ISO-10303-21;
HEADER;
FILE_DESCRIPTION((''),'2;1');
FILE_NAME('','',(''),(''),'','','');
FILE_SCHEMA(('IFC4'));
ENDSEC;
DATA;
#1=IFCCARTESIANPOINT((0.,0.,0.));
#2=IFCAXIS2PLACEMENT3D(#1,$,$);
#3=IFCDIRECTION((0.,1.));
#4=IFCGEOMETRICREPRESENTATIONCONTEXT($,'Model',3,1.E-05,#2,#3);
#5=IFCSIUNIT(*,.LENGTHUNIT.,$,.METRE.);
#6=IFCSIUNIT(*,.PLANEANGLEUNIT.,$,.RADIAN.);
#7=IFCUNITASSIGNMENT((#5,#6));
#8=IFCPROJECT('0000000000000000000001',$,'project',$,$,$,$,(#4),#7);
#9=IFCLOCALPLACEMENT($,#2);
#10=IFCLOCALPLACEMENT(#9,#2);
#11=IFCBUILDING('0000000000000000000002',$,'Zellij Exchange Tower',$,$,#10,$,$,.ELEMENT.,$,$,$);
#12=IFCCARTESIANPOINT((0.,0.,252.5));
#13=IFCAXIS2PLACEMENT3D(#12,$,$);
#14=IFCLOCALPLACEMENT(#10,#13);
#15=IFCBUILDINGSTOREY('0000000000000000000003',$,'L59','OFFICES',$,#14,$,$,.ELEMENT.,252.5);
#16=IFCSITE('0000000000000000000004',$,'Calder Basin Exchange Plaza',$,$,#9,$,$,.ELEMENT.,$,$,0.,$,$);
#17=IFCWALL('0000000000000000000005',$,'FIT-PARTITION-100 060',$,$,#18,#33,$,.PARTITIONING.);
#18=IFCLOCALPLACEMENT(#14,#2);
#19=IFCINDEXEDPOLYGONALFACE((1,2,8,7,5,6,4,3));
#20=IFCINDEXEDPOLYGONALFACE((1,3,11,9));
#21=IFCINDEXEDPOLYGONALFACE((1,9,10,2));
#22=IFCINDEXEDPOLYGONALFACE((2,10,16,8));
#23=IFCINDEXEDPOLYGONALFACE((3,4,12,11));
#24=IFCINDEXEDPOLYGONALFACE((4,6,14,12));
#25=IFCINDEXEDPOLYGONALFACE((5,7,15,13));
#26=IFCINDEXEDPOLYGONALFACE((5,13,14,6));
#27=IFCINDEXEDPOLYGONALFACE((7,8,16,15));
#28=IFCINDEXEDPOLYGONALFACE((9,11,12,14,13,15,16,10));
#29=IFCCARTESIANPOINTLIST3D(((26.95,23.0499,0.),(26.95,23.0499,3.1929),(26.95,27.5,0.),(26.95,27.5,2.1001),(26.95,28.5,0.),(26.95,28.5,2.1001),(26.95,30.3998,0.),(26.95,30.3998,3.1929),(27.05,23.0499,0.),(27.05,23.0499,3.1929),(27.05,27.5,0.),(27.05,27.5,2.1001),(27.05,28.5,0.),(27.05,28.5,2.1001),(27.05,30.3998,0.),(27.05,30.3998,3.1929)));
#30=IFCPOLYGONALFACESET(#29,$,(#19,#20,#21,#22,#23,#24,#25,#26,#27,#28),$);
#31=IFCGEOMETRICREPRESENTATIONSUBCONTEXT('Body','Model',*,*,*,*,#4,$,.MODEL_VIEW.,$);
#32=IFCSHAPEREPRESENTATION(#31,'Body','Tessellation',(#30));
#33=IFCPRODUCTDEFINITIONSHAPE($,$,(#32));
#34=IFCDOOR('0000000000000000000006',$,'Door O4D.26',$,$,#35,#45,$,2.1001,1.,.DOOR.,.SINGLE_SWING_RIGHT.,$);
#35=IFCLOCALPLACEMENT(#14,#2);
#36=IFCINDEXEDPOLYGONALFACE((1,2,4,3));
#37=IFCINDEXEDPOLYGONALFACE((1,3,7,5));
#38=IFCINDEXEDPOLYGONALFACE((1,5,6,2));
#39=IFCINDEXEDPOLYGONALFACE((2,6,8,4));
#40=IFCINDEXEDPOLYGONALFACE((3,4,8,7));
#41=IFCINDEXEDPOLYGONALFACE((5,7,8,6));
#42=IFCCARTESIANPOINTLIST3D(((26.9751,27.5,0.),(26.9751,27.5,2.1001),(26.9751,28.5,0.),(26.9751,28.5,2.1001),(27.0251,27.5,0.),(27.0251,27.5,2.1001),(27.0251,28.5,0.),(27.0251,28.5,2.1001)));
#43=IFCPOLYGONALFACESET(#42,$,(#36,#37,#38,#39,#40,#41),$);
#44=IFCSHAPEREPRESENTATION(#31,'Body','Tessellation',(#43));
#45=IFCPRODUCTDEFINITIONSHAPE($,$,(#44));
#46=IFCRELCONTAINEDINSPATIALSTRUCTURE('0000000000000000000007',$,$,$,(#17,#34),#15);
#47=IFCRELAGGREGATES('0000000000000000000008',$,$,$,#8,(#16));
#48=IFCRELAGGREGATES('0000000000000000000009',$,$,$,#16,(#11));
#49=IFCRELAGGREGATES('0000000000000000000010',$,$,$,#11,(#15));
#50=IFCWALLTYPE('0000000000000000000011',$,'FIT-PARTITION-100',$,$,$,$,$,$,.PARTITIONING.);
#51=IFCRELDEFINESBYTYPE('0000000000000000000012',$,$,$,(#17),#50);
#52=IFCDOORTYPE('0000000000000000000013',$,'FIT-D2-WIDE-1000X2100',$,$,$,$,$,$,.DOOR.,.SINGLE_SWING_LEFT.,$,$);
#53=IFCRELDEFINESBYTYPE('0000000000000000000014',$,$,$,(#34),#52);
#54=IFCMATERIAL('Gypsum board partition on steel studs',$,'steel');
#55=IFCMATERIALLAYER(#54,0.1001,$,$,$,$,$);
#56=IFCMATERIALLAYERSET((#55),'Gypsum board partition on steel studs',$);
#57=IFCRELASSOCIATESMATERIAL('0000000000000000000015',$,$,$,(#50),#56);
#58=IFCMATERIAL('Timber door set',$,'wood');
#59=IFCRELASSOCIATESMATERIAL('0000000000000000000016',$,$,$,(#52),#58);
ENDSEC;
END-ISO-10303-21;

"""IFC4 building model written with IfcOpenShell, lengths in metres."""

from ifc_helpers import new_model, si_unit, direction, frame, frame_2d, origin, place, context, subcontext, project, spatial, rectangle, extrude, material, layer, layer_set, type_object, element, fill, save


model = new_model("IFC4")

# Units and contexts
model_context = context("Model", 3, precision=1e-05, world=origin(), true_north=direction((0.0, 1.0)))
body_context = subcontext(model_context, "Body", "Model", "MODEL_VIEW")
ifc_project = project(units=[si_unit("LENGTHUNIT", "METRE"), si_unit("PLANEANGLEUNIT", "RADIAN")], contexts=[model_context])

# Site, building, storey
site_placement = place(None, origin())
site = spatial("IfcSite", under=ifc_project, at=site_placement, Name="Calder Basin Exchange Plaza", CompositionType="ELEMENT", RefElevation=0.0)
building_placement = place(site_placement, origin())
building = spatial("IfcBuilding", under=site, at=building_placement, Name="Zellij Exchange Tower", CompositionType="ELEMENT")
storey_placement = place(building_placement, frame((0.0, 0.0, 252.5)))
storey = spatial("IfcBuildingStorey", under=building, at=storey_placement, Name="L59", Description="OFFICES", CompositionType="ELEMENT", Elevation=252.5)

# Shared definitions
ifc_material_1 = material(Name="Gypsum board partition on steel studs", Category="steel")
ifc_layer = layer(ifc_material_1, 0.1001)
ifc_layer_set = layer_set([ifc_layer], Name="Gypsum board partition on steel studs")
wall_type = type_object("IfcWallType", Name="FIT-PARTITION-100", PredefinedType="PARTITIONING", material=ifc_layer_set)

# Wall, opening, door
wall_1_placement = place(storey_placement, frame((27.0, 23.05, 0.0), z_axis=(0.0, 0.0, 1.0), x_axis=(0.0, 1.0, 0.0)))
wall_1 = element("IfcWall", 1, at=wall_1_placement, inside=storey, type_object=wall_type, Name="FIT-PARTITION-100 060", PredefinedType="PARTITIONING", context=body_context, shape_type="SweptSolid", body=[
    extrude(rectangle(XDim=7.3499, YDim=0.1001, at=frame_2d((3.6748, 0.0))), origin(), (0.0, 0.0, 1.0), 3.1929),
])
opening_placement = place(wall_1_placement, frame((4.45, 0.0, 0.0)))
opening = element("IfcOpeningElement", 2, at=opening_placement, cuts=wall_1, PredefinedType="OPENING", context=body_context, shape_type="SweptSolid", body=[
    extrude(rectangle(XDim=1.0, YDim=2.1001, at=frame_2d((0.5, 1.05))), frame((0.0, 0.062, 0.0), z_axis=(0.0, -1.0, 0.0), x_axis=(1.0, 0.0, 0.0)), (0.0, 0.0, 1.0), 0.124),
])
ifc_material_2 = material(Name="Timber door set", Category="wood")
door_type = type_object("IfcDoorType", Name="FIT-D2-WIDE-1000X2100", OperationType="SINGLE_SWING_LEFT", PredefinedType="DOOR", material=ifc_material_2)
door_placement = place(opening_placement, origin())
door = element("IfcDoor", 3, at=door_placement, inside=storey, type_object=door_type, Name="Door O4D.26", OperationType="SINGLE_SWING_RIGHT", OverallHeight=2.1001, OverallWidth=1.0, PredefinedType="DOOR", context=body_context, shape_type="SweptSolid", body=[
    extrude(rectangle(XDim=1.0, YDim=2.1001, at=frame_2d((0.5, 1.05))), frame((0.0, 0.0249, 0.0), z_axis=(0.0, -1.0, 0.0), x_axis=(1.0, 0.0, 0.0)), (0.0, 0.0, 1.0), 0.05),
])
fill(opening, door)

save(model, "model.ifc")
